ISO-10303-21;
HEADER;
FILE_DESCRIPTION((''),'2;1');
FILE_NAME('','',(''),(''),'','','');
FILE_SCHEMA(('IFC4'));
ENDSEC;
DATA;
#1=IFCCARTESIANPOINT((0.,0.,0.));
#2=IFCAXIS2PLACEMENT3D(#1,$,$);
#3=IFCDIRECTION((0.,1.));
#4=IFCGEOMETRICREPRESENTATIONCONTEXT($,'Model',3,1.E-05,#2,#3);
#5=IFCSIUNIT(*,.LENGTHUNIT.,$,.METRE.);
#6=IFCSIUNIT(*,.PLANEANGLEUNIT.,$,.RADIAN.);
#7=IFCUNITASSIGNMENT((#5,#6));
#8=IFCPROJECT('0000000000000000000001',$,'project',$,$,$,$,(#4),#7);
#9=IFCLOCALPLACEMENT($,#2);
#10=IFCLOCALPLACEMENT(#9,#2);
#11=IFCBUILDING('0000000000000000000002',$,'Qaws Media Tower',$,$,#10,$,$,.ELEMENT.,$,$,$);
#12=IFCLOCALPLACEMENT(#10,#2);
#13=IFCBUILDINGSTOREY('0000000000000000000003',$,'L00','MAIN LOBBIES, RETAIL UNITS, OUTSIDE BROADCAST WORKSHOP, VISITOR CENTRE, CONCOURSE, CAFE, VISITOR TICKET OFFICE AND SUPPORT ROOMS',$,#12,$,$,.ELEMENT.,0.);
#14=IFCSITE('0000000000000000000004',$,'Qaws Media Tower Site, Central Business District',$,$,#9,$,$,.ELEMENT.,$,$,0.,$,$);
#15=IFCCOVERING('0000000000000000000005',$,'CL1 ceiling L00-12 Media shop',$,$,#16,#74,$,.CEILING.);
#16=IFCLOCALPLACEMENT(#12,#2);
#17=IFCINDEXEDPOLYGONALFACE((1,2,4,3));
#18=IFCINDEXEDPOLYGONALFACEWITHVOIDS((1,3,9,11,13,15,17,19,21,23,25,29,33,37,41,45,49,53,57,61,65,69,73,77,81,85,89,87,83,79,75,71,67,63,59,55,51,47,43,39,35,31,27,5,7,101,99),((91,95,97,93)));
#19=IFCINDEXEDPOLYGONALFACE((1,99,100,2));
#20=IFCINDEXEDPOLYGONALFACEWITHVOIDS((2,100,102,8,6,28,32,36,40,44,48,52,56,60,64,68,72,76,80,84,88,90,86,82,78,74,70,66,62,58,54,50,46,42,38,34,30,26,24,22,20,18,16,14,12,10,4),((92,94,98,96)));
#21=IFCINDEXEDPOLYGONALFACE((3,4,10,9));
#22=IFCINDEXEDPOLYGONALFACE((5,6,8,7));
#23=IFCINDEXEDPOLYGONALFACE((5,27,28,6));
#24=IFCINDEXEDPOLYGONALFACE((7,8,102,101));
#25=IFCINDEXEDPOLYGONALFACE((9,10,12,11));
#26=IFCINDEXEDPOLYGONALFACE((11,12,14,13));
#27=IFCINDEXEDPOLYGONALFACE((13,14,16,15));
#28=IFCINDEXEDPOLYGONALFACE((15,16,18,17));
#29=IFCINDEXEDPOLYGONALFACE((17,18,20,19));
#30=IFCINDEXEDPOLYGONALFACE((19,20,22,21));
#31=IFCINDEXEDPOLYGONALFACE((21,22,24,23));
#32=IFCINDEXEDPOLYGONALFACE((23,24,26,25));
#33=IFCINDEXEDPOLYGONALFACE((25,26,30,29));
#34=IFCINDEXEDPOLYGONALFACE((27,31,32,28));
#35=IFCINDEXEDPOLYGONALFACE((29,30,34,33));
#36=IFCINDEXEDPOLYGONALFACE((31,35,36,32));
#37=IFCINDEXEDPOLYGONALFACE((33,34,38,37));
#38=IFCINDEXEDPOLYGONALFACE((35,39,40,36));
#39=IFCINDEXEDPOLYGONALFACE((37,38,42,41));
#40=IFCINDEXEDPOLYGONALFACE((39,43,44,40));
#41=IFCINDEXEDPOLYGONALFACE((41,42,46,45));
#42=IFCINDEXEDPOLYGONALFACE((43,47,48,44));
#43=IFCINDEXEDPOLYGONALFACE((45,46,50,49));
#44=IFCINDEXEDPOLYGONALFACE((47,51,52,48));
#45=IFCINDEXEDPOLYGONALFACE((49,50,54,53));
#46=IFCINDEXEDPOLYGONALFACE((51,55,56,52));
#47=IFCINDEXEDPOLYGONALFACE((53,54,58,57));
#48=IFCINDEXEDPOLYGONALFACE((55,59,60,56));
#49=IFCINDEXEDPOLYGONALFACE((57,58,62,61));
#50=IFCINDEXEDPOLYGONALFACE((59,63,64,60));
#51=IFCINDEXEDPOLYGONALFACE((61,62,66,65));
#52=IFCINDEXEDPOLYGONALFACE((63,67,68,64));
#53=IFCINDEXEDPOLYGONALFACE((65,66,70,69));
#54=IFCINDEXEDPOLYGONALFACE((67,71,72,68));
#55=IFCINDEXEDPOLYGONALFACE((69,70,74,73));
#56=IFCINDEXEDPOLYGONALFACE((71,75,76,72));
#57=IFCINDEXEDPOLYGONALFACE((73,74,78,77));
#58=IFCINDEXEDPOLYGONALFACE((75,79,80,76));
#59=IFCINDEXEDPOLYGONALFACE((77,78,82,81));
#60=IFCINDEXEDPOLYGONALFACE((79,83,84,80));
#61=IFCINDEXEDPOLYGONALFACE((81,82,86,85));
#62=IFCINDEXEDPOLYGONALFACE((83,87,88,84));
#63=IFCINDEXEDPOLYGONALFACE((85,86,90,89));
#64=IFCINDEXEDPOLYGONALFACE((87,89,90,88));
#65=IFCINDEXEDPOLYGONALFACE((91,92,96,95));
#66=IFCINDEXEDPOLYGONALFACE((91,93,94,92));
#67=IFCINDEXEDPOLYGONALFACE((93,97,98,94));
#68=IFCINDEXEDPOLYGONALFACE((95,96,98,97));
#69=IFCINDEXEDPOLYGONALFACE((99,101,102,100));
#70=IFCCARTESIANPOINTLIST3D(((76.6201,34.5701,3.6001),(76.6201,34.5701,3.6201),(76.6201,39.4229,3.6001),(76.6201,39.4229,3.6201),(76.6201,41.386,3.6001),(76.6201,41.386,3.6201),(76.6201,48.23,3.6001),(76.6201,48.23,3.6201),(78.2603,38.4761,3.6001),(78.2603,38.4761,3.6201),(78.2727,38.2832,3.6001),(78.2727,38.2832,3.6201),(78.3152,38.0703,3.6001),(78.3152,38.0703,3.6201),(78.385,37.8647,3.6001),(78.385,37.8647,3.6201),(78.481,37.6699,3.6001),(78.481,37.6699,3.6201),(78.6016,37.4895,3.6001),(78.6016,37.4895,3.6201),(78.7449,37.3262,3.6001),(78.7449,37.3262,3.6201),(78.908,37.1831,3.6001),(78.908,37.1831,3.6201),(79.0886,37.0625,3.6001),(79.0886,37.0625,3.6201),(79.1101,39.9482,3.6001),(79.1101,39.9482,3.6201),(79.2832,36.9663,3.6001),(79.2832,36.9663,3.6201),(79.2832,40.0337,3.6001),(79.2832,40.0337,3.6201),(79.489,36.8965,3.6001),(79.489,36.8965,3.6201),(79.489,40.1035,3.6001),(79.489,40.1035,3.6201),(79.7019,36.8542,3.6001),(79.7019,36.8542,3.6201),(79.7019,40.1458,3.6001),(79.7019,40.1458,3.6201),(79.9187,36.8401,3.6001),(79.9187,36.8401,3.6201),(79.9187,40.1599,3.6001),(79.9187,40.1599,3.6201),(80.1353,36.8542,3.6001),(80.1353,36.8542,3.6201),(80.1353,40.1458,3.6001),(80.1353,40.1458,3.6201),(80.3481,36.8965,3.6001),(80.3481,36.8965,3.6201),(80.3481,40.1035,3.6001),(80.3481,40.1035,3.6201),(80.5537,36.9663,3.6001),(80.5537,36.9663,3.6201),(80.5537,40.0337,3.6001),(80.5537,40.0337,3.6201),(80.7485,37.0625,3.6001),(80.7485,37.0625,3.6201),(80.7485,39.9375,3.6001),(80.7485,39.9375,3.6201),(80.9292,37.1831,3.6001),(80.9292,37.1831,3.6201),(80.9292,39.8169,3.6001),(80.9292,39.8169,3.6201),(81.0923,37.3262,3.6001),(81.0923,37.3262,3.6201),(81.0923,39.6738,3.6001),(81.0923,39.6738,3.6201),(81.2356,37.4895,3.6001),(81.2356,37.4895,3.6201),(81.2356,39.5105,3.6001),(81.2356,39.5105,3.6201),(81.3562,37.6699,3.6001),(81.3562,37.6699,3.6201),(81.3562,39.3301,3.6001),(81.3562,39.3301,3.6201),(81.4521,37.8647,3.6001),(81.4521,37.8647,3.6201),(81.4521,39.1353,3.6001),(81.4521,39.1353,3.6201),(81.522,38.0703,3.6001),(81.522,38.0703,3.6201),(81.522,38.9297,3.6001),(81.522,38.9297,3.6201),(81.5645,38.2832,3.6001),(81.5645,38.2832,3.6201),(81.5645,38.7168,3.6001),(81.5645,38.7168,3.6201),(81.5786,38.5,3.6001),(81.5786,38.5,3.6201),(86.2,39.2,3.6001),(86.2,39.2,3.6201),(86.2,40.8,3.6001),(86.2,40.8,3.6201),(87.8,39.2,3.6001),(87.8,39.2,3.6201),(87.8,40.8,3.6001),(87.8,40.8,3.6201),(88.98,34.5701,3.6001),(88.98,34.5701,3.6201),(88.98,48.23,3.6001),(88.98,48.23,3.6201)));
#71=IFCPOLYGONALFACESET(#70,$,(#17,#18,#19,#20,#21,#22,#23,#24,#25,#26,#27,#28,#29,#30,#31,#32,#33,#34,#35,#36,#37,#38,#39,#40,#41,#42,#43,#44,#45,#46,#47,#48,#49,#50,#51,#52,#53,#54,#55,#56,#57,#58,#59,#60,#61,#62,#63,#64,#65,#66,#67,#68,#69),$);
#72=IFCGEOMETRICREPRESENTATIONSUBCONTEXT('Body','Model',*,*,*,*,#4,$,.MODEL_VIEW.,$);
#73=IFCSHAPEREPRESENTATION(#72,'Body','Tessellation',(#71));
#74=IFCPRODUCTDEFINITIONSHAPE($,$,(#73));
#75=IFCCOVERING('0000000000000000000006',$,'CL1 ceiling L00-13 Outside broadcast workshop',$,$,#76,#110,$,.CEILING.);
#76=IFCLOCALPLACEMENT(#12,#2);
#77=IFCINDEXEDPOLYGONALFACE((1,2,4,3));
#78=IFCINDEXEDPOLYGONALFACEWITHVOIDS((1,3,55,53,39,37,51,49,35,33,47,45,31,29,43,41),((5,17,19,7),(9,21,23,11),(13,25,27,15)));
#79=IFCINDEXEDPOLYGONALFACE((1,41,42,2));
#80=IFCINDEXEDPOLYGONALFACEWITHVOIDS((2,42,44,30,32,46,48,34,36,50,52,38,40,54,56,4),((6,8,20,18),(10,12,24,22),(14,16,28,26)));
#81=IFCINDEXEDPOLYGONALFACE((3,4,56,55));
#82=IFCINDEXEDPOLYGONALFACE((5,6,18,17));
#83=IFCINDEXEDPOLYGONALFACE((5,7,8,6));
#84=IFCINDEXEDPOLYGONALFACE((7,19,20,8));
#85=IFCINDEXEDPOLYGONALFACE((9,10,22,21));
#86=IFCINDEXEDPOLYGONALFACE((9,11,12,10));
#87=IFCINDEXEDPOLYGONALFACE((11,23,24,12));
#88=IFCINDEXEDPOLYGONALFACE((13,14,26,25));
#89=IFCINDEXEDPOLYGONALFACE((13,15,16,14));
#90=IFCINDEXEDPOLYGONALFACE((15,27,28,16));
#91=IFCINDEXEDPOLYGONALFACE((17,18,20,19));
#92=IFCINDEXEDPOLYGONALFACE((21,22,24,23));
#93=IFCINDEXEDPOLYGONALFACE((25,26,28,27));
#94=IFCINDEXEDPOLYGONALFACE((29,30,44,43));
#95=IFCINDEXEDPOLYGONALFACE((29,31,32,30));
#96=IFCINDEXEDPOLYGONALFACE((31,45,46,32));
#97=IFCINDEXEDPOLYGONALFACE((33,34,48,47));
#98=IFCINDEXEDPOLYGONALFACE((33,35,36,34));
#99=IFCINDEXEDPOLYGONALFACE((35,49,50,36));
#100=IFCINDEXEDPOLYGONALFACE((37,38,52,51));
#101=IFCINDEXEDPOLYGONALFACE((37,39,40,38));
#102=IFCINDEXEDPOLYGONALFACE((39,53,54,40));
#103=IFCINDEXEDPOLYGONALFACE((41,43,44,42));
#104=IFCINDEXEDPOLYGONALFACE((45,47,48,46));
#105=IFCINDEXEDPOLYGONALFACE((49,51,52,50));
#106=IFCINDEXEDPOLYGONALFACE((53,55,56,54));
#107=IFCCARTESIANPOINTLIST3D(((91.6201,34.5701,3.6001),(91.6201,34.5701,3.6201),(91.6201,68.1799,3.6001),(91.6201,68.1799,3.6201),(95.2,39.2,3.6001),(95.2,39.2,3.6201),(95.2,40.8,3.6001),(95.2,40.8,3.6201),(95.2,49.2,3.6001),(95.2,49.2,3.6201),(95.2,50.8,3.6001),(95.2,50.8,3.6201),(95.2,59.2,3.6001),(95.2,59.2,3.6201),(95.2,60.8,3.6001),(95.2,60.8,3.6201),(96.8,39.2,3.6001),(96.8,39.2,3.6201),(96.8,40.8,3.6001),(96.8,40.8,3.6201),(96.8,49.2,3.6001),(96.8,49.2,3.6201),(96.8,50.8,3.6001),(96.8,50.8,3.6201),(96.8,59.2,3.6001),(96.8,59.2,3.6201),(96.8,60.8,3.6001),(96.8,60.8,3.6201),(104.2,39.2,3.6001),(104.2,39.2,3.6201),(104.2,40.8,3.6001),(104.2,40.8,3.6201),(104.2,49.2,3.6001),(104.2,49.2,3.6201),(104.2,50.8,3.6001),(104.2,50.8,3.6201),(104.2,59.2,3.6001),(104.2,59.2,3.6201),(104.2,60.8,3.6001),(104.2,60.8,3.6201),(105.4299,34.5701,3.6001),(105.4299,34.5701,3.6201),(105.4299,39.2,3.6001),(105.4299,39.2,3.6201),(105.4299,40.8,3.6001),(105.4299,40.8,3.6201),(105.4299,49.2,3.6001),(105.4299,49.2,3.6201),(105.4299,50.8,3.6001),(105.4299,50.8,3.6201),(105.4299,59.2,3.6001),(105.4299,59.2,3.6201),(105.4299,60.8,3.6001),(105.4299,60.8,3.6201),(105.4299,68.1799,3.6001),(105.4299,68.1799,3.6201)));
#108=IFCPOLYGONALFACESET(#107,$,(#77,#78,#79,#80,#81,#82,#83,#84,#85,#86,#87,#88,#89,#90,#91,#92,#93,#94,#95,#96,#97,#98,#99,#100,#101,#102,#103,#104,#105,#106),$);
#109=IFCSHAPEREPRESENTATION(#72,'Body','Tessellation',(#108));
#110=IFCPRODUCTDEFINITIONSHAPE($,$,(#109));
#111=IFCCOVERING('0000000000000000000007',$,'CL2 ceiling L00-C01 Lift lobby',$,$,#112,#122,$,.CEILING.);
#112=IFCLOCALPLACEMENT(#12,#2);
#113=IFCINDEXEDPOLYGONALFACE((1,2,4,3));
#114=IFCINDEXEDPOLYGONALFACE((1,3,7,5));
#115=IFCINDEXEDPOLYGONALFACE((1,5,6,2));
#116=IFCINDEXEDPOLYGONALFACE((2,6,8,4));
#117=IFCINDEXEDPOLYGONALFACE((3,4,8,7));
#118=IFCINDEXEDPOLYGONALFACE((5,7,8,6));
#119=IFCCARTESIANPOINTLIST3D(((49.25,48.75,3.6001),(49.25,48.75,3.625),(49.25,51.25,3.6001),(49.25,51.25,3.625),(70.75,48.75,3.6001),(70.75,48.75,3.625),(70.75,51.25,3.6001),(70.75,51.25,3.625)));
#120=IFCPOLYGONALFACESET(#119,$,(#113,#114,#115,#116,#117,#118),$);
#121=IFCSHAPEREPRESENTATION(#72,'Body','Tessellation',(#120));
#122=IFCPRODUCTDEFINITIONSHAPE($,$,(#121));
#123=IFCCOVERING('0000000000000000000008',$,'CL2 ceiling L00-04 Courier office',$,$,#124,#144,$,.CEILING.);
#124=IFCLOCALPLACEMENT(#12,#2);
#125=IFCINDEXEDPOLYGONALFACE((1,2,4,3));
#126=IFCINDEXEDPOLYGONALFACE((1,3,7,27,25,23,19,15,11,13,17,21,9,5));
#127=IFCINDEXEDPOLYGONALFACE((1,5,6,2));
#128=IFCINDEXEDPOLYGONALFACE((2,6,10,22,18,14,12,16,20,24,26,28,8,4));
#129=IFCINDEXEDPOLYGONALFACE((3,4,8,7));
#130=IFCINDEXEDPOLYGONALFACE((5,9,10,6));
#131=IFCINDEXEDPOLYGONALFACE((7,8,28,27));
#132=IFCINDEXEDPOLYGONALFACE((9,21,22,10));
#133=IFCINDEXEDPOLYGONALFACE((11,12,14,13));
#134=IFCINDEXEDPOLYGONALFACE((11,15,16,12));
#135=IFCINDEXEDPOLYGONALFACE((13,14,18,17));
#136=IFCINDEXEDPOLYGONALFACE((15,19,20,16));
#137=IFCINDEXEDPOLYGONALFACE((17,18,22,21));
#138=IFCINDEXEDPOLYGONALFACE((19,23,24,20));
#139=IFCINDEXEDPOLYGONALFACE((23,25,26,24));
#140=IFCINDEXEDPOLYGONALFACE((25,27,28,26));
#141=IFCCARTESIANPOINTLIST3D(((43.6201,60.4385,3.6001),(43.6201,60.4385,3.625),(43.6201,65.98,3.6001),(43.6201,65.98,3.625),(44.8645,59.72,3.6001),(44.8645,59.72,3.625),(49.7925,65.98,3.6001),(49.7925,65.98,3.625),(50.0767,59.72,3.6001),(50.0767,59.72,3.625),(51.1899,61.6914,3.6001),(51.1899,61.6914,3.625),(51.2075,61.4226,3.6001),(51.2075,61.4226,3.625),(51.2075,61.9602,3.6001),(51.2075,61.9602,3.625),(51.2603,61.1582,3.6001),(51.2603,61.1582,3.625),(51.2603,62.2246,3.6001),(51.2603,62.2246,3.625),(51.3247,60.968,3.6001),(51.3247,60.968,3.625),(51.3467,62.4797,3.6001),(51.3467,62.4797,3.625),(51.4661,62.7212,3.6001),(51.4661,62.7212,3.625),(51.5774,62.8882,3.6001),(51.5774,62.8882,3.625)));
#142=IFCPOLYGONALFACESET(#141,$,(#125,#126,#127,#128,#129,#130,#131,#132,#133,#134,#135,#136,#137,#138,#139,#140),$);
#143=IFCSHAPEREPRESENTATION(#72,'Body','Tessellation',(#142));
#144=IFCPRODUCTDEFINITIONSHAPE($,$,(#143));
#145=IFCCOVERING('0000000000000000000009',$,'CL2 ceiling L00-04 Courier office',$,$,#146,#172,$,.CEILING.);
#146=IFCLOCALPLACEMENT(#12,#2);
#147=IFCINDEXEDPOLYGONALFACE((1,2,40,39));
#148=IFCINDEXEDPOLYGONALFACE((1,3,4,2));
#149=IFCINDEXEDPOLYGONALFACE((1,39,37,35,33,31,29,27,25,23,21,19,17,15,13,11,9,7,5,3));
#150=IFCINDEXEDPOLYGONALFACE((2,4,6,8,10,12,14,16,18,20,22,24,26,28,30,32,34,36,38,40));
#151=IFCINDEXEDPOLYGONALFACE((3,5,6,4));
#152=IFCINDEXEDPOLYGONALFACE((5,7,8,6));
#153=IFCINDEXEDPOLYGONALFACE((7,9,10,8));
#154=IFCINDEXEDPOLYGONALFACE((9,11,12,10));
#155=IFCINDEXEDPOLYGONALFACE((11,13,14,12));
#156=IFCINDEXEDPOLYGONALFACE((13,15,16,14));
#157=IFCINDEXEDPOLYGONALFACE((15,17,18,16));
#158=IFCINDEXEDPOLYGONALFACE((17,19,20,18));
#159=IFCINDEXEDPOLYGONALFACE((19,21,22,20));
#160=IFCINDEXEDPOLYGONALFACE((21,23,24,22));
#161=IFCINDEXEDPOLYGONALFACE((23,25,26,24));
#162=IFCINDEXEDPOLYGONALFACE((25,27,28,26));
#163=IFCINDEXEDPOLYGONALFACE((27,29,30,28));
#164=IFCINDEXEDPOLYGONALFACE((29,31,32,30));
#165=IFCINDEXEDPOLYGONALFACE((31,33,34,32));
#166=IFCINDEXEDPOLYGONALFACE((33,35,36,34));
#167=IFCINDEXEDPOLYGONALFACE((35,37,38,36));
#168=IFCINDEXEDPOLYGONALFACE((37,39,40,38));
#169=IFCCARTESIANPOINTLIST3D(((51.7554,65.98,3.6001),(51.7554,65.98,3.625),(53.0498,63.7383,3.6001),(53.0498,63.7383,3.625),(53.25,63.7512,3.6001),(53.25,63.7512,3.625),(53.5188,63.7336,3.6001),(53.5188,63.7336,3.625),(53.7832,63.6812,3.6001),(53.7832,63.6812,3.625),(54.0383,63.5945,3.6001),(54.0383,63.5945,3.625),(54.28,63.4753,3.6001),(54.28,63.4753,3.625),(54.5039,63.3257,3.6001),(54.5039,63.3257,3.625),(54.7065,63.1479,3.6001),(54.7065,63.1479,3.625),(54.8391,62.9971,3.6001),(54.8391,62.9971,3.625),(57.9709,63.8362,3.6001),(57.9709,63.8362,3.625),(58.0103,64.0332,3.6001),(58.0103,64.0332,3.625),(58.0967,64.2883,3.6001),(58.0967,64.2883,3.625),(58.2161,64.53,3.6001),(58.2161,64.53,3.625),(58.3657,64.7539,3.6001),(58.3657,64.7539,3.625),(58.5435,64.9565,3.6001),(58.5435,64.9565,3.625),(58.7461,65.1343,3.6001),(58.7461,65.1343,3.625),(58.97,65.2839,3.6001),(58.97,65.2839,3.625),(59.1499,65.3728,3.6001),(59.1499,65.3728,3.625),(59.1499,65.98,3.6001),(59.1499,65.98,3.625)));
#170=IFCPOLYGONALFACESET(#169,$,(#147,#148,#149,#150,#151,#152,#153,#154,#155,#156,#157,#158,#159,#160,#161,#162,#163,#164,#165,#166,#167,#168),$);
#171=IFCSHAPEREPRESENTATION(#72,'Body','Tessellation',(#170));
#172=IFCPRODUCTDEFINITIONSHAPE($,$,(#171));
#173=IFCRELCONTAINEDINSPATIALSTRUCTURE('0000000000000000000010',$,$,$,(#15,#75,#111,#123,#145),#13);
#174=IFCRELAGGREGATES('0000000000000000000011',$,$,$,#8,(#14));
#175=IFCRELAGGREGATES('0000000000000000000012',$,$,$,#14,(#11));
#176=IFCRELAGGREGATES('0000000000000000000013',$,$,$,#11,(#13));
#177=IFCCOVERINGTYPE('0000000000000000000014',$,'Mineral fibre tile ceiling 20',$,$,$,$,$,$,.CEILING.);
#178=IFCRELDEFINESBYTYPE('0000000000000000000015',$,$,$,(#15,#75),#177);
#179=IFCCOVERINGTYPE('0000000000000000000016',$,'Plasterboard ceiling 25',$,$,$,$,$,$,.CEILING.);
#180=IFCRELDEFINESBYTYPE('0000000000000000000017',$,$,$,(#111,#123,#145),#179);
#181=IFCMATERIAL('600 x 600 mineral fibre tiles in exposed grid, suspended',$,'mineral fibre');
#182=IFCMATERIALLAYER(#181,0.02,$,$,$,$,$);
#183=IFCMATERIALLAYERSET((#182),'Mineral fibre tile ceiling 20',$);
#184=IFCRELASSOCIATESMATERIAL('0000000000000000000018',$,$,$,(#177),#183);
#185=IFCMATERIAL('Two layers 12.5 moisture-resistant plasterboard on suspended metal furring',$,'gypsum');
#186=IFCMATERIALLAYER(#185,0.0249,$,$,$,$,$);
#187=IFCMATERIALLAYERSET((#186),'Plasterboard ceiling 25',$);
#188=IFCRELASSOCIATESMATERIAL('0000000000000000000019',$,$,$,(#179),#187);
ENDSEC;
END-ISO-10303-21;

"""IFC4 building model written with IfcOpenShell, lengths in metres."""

from ifc_helpers import new_model, si_unit, direction, frame, origin, place, context, subcontext, project, spatial, polyline, outline, extrude, material, layer, layer_set, type_object, element, save


model = new_model("IFC4")

# Units and contexts
model_context = context("Model", 3, precision=1e-05, world=origin(), true_north=direction((0.0, 1.0)))
body_context = subcontext(model_context, "Body", "Model", "MODEL_VIEW")
ifc_project = project(units=[si_unit("LENGTHUNIT", "METRE"), si_unit("PLANEANGLEUNIT", "RADIAN")], contexts=[model_context])

# Site, building, storey
site_placement = place(None, origin())
site = spatial("IfcSite", under=ifc_project, at=site_placement, Name="Qaws Media Tower Site, Central Business District", CompositionType="ELEMENT", RefElevation=0.0)
building_placement = place(site_placement, origin())
building = spatial("IfcBuilding", under=site, at=building_placement, Name="Qaws Media Tower", CompositionType="ELEMENT")
storey_placement = place(building_placement, origin())
storey = spatial("IfcBuildingStorey", under=building, at=storey_placement, Name="L00", Description="MAIN LOBBIES, RETAIL UNITS, OUTSIDE BROADCAST WORKSHOP, VISITOR CENTRE, CONCOURSE, CAFE, VISITOR TICKET OFFICE AND SUPPORT ROOMS", CompositionType="ELEMENT", Elevation=0.0)

# Coverings
ifc_material_1 = material(Name="600 x 600 mineral fibre tiles in exposed grid, suspended", Category="mineral fibre")
ifc_layer_1 = layer(ifc_material_1, 0.02)
ifc_layer_set_1 = layer_set([ifc_layer_1], Name="Mineral fibre tile ceiling 20")
covering_type_1 = type_object("IfcCoveringType", Name="Mineral fibre tile ceiling 20", PredefinedType="CEILING", material=ifc_layer_set_1)
covering_1_placement = place(storey_placement, frame((0.0, 0.0, 3.6001)))
element("IfcCovering", 1, at=covering_1_placement, inside=storey, type_object=covering_type_1, Name="CL1 ceiling L00-12 Media shop", PredefinedType="CEILING", context=body_context, shape_type="SweptSolid", body=[
    extrude(outline(polyline([(88.98, 34.5701), (76.6201, 34.5701), (76.6201, 39.4229), (78.2603, 38.4761), (78.2727, 38.2832), (78.3152, 38.0703), (78.385, 37.8647), (78.481, 37.6699), (78.6016, 37.4895), (78.7449, 37.3262), (78.908, 37.1831), (79.0886, 37.0625), (79.2832, 36.9663), (79.489, 36.8965), (79.7019, 36.8542), (79.9187, 36.8401), (80.1353, 36.8542), (80.3481, 36.8965), (80.5537, 36.9663), (80.7485, 37.0625), (80.9292, 37.1831), (81.0923, 37.3262), (81.2356, 37.4895), (81.3562, 37.6699), (81.4521, 37.8647), (81.522, 38.0703), (81.5645, 38.2832), (81.5786, 38.5), (81.5645, 38.7168), (81.522, 38.9297), (81.4521, 39.1353), (81.3562, 39.3301), (81.2356, 39.5105), (81.0923, 39.6738), (80.9292, 39.8169), (80.7485, 39.9375), (80.5537, 40.0337), (80.3481, 40.1035), (80.1353, 40.1458), (79.9187, 40.1599), (79.7019, 40.1458), (79.489, 40.1035), (79.2832, 40.0337), (79.1101, 39.9482), (76.6201, 41.386), (76.6201, 48.23), (88.98, 48.23), (88.98, 34.5701)]), holes=[polyline([(87.8, 39.2), (87.8, 40.8), (86.2, 40.8), (86.2, 39.2), (87.8, 39.2)])]), origin(), (0.0, 0.0, 1.0), 0.02),
])
covering_2_placement = place(storey_placement, frame((0.0, 0.0, 3.6001)))
element("IfcCovering", 2, at=covering_2_placement, inside=storey, type_object=covering_type_1, Name="CL1 ceiling L00-13 Outside broadcast workshop", PredefinedType="CEILING", context=body_context, shape_type="SweptSolid", body=[
    extrude(outline(polyline([(105.4299, 68.1799), (105.4299, 60.8), (104.2, 60.8), (104.2, 59.2), (105.4299, 59.2), (105.4299, 50.8), (104.2, 50.8), (104.2, 49.2), (105.4299, 49.2), (105.4299, 40.8), (104.2, 40.8), (104.2, 39.2), (105.4299, 39.2), (105.4299, 34.5701), (91.6201, 34.5701), (91.6201, 68.1799), (105.4299, 68.1799)]), holes=[polyline([(95.2, 39.2), (96.8, 39.2), (96.8, 40.8), (95.2, 40.8), (95.2, 39.2)]), polyline([(95.2, 49.2), (96.8, 49.2), (96.8, 50.8), (95.2, 50.8), (95.2, 49.2)]), polyline([(95.2, 59.2), (96.8, 59.2), (96.8, 60.8), (95.2, 60.8), (95.2, 59.2)])]), origin(), (0.0, 0.0, 1.0), 0.02),
])
ifc_material_2 = material(Name="Two layers 12.5 moisture-resistant plasterboard on suspended metal furring", Category="gypsum")
ifc_layer_2 = layer(ifc_material_2, 0.0249)
ifc_layer_set_2 = layer_set([ifc_layer_2], Name="Plasterboard ceiling 25")
covering_type_2 = type_object("IfcCoveringType", Name="Plasterboard ceiling 25", PredefinedType="CEILING", material=ifc_layer_set_2)
covering_3_placement = place(storey_placement, frame((0.0, 0.0, 3.6001)))
element("IfcCovering", 3, at=covering_3_placement, inside=storey, type_object=covering_type_2, Name="CL2 ceiling L00-C01 Lift lobby", PredefinedType="CEILING", context=body_context, shape_type="SweptSolid", body=[
    extrude(outline(polyline([(49.25, 48.75), (49.25, 51.25), (70.75, 51.25), (70.75, 48.75), (49.25, 48.75)])), origin(), (0.0, 0.0, 1.0), 0.0249),
])
covering_4_placement = place(storey_placement, frame((0.0, 0.0, 3.6001)))
element("IfcCovering", 4, at=covering_4_placement, inside=storey, type_object=covering_type_2, Name="CL2 ceiling L00-04 Courier office", PredefinedType="CEILING", context=body_context, shape_type="SweptSolid", body=[
    extrude(outline(polyline([(51.4661, 62.7212), (51.3467, 62.4797), (51.2603, 62.2246), (51.2075, 61.9602), (51.1899, 61.6914), (51.2075, 61.4226), (51.2603, 61.1582), (51.3247, 60.968), (50.0767, 59.72), (44.8645, 59.72), (43.6201, 60.4385), (43.6201, 65.98), (49.7925, 65.98), (51.5774, 62.8882), (51.4661, 62.7212)])), origin(), (0.0, 0.0, 1.0), 0.0249),
])
covering_5_placement = place(storey_placement, frame((0.0, 0.0, 3.6001)))
element("IfcCovering", 5, at=covering_5_placement, inside=storey, type_object=covering_type_2, Name="CL2 ceiling L00-04 Courier office", PredefinedType="CEILING", context=body_context, shape_type="SweptSolid", body=[
    extrude(outline(polyline([(58.97, 65.2839), (58.7461, 65.1343), (58.5435, 64.9565), (58.3657, 64.7539), (58.2161, 64.53), (58.0967, 64.2883), (58.0103, 64.0332), (57.9709, 63.8362), (54.8391, 62.9971), (54.7065, 63.1479), (54.5039, 63.3257), (54.28, 63.4753), (54.0383, 63.5945), (53.7832, 63.6812), (53.5188, 63.7336), (53.25, 63.7512), (53.0498, 63.7383), (51.7554, 65.98), (59.1499, 65.98), (59.1499, 65.3728), (58.97, 65.2839)])), origin(), (0.0, 0.0, 1.0), 0.0249),
])

save(model, "model.ifc")
